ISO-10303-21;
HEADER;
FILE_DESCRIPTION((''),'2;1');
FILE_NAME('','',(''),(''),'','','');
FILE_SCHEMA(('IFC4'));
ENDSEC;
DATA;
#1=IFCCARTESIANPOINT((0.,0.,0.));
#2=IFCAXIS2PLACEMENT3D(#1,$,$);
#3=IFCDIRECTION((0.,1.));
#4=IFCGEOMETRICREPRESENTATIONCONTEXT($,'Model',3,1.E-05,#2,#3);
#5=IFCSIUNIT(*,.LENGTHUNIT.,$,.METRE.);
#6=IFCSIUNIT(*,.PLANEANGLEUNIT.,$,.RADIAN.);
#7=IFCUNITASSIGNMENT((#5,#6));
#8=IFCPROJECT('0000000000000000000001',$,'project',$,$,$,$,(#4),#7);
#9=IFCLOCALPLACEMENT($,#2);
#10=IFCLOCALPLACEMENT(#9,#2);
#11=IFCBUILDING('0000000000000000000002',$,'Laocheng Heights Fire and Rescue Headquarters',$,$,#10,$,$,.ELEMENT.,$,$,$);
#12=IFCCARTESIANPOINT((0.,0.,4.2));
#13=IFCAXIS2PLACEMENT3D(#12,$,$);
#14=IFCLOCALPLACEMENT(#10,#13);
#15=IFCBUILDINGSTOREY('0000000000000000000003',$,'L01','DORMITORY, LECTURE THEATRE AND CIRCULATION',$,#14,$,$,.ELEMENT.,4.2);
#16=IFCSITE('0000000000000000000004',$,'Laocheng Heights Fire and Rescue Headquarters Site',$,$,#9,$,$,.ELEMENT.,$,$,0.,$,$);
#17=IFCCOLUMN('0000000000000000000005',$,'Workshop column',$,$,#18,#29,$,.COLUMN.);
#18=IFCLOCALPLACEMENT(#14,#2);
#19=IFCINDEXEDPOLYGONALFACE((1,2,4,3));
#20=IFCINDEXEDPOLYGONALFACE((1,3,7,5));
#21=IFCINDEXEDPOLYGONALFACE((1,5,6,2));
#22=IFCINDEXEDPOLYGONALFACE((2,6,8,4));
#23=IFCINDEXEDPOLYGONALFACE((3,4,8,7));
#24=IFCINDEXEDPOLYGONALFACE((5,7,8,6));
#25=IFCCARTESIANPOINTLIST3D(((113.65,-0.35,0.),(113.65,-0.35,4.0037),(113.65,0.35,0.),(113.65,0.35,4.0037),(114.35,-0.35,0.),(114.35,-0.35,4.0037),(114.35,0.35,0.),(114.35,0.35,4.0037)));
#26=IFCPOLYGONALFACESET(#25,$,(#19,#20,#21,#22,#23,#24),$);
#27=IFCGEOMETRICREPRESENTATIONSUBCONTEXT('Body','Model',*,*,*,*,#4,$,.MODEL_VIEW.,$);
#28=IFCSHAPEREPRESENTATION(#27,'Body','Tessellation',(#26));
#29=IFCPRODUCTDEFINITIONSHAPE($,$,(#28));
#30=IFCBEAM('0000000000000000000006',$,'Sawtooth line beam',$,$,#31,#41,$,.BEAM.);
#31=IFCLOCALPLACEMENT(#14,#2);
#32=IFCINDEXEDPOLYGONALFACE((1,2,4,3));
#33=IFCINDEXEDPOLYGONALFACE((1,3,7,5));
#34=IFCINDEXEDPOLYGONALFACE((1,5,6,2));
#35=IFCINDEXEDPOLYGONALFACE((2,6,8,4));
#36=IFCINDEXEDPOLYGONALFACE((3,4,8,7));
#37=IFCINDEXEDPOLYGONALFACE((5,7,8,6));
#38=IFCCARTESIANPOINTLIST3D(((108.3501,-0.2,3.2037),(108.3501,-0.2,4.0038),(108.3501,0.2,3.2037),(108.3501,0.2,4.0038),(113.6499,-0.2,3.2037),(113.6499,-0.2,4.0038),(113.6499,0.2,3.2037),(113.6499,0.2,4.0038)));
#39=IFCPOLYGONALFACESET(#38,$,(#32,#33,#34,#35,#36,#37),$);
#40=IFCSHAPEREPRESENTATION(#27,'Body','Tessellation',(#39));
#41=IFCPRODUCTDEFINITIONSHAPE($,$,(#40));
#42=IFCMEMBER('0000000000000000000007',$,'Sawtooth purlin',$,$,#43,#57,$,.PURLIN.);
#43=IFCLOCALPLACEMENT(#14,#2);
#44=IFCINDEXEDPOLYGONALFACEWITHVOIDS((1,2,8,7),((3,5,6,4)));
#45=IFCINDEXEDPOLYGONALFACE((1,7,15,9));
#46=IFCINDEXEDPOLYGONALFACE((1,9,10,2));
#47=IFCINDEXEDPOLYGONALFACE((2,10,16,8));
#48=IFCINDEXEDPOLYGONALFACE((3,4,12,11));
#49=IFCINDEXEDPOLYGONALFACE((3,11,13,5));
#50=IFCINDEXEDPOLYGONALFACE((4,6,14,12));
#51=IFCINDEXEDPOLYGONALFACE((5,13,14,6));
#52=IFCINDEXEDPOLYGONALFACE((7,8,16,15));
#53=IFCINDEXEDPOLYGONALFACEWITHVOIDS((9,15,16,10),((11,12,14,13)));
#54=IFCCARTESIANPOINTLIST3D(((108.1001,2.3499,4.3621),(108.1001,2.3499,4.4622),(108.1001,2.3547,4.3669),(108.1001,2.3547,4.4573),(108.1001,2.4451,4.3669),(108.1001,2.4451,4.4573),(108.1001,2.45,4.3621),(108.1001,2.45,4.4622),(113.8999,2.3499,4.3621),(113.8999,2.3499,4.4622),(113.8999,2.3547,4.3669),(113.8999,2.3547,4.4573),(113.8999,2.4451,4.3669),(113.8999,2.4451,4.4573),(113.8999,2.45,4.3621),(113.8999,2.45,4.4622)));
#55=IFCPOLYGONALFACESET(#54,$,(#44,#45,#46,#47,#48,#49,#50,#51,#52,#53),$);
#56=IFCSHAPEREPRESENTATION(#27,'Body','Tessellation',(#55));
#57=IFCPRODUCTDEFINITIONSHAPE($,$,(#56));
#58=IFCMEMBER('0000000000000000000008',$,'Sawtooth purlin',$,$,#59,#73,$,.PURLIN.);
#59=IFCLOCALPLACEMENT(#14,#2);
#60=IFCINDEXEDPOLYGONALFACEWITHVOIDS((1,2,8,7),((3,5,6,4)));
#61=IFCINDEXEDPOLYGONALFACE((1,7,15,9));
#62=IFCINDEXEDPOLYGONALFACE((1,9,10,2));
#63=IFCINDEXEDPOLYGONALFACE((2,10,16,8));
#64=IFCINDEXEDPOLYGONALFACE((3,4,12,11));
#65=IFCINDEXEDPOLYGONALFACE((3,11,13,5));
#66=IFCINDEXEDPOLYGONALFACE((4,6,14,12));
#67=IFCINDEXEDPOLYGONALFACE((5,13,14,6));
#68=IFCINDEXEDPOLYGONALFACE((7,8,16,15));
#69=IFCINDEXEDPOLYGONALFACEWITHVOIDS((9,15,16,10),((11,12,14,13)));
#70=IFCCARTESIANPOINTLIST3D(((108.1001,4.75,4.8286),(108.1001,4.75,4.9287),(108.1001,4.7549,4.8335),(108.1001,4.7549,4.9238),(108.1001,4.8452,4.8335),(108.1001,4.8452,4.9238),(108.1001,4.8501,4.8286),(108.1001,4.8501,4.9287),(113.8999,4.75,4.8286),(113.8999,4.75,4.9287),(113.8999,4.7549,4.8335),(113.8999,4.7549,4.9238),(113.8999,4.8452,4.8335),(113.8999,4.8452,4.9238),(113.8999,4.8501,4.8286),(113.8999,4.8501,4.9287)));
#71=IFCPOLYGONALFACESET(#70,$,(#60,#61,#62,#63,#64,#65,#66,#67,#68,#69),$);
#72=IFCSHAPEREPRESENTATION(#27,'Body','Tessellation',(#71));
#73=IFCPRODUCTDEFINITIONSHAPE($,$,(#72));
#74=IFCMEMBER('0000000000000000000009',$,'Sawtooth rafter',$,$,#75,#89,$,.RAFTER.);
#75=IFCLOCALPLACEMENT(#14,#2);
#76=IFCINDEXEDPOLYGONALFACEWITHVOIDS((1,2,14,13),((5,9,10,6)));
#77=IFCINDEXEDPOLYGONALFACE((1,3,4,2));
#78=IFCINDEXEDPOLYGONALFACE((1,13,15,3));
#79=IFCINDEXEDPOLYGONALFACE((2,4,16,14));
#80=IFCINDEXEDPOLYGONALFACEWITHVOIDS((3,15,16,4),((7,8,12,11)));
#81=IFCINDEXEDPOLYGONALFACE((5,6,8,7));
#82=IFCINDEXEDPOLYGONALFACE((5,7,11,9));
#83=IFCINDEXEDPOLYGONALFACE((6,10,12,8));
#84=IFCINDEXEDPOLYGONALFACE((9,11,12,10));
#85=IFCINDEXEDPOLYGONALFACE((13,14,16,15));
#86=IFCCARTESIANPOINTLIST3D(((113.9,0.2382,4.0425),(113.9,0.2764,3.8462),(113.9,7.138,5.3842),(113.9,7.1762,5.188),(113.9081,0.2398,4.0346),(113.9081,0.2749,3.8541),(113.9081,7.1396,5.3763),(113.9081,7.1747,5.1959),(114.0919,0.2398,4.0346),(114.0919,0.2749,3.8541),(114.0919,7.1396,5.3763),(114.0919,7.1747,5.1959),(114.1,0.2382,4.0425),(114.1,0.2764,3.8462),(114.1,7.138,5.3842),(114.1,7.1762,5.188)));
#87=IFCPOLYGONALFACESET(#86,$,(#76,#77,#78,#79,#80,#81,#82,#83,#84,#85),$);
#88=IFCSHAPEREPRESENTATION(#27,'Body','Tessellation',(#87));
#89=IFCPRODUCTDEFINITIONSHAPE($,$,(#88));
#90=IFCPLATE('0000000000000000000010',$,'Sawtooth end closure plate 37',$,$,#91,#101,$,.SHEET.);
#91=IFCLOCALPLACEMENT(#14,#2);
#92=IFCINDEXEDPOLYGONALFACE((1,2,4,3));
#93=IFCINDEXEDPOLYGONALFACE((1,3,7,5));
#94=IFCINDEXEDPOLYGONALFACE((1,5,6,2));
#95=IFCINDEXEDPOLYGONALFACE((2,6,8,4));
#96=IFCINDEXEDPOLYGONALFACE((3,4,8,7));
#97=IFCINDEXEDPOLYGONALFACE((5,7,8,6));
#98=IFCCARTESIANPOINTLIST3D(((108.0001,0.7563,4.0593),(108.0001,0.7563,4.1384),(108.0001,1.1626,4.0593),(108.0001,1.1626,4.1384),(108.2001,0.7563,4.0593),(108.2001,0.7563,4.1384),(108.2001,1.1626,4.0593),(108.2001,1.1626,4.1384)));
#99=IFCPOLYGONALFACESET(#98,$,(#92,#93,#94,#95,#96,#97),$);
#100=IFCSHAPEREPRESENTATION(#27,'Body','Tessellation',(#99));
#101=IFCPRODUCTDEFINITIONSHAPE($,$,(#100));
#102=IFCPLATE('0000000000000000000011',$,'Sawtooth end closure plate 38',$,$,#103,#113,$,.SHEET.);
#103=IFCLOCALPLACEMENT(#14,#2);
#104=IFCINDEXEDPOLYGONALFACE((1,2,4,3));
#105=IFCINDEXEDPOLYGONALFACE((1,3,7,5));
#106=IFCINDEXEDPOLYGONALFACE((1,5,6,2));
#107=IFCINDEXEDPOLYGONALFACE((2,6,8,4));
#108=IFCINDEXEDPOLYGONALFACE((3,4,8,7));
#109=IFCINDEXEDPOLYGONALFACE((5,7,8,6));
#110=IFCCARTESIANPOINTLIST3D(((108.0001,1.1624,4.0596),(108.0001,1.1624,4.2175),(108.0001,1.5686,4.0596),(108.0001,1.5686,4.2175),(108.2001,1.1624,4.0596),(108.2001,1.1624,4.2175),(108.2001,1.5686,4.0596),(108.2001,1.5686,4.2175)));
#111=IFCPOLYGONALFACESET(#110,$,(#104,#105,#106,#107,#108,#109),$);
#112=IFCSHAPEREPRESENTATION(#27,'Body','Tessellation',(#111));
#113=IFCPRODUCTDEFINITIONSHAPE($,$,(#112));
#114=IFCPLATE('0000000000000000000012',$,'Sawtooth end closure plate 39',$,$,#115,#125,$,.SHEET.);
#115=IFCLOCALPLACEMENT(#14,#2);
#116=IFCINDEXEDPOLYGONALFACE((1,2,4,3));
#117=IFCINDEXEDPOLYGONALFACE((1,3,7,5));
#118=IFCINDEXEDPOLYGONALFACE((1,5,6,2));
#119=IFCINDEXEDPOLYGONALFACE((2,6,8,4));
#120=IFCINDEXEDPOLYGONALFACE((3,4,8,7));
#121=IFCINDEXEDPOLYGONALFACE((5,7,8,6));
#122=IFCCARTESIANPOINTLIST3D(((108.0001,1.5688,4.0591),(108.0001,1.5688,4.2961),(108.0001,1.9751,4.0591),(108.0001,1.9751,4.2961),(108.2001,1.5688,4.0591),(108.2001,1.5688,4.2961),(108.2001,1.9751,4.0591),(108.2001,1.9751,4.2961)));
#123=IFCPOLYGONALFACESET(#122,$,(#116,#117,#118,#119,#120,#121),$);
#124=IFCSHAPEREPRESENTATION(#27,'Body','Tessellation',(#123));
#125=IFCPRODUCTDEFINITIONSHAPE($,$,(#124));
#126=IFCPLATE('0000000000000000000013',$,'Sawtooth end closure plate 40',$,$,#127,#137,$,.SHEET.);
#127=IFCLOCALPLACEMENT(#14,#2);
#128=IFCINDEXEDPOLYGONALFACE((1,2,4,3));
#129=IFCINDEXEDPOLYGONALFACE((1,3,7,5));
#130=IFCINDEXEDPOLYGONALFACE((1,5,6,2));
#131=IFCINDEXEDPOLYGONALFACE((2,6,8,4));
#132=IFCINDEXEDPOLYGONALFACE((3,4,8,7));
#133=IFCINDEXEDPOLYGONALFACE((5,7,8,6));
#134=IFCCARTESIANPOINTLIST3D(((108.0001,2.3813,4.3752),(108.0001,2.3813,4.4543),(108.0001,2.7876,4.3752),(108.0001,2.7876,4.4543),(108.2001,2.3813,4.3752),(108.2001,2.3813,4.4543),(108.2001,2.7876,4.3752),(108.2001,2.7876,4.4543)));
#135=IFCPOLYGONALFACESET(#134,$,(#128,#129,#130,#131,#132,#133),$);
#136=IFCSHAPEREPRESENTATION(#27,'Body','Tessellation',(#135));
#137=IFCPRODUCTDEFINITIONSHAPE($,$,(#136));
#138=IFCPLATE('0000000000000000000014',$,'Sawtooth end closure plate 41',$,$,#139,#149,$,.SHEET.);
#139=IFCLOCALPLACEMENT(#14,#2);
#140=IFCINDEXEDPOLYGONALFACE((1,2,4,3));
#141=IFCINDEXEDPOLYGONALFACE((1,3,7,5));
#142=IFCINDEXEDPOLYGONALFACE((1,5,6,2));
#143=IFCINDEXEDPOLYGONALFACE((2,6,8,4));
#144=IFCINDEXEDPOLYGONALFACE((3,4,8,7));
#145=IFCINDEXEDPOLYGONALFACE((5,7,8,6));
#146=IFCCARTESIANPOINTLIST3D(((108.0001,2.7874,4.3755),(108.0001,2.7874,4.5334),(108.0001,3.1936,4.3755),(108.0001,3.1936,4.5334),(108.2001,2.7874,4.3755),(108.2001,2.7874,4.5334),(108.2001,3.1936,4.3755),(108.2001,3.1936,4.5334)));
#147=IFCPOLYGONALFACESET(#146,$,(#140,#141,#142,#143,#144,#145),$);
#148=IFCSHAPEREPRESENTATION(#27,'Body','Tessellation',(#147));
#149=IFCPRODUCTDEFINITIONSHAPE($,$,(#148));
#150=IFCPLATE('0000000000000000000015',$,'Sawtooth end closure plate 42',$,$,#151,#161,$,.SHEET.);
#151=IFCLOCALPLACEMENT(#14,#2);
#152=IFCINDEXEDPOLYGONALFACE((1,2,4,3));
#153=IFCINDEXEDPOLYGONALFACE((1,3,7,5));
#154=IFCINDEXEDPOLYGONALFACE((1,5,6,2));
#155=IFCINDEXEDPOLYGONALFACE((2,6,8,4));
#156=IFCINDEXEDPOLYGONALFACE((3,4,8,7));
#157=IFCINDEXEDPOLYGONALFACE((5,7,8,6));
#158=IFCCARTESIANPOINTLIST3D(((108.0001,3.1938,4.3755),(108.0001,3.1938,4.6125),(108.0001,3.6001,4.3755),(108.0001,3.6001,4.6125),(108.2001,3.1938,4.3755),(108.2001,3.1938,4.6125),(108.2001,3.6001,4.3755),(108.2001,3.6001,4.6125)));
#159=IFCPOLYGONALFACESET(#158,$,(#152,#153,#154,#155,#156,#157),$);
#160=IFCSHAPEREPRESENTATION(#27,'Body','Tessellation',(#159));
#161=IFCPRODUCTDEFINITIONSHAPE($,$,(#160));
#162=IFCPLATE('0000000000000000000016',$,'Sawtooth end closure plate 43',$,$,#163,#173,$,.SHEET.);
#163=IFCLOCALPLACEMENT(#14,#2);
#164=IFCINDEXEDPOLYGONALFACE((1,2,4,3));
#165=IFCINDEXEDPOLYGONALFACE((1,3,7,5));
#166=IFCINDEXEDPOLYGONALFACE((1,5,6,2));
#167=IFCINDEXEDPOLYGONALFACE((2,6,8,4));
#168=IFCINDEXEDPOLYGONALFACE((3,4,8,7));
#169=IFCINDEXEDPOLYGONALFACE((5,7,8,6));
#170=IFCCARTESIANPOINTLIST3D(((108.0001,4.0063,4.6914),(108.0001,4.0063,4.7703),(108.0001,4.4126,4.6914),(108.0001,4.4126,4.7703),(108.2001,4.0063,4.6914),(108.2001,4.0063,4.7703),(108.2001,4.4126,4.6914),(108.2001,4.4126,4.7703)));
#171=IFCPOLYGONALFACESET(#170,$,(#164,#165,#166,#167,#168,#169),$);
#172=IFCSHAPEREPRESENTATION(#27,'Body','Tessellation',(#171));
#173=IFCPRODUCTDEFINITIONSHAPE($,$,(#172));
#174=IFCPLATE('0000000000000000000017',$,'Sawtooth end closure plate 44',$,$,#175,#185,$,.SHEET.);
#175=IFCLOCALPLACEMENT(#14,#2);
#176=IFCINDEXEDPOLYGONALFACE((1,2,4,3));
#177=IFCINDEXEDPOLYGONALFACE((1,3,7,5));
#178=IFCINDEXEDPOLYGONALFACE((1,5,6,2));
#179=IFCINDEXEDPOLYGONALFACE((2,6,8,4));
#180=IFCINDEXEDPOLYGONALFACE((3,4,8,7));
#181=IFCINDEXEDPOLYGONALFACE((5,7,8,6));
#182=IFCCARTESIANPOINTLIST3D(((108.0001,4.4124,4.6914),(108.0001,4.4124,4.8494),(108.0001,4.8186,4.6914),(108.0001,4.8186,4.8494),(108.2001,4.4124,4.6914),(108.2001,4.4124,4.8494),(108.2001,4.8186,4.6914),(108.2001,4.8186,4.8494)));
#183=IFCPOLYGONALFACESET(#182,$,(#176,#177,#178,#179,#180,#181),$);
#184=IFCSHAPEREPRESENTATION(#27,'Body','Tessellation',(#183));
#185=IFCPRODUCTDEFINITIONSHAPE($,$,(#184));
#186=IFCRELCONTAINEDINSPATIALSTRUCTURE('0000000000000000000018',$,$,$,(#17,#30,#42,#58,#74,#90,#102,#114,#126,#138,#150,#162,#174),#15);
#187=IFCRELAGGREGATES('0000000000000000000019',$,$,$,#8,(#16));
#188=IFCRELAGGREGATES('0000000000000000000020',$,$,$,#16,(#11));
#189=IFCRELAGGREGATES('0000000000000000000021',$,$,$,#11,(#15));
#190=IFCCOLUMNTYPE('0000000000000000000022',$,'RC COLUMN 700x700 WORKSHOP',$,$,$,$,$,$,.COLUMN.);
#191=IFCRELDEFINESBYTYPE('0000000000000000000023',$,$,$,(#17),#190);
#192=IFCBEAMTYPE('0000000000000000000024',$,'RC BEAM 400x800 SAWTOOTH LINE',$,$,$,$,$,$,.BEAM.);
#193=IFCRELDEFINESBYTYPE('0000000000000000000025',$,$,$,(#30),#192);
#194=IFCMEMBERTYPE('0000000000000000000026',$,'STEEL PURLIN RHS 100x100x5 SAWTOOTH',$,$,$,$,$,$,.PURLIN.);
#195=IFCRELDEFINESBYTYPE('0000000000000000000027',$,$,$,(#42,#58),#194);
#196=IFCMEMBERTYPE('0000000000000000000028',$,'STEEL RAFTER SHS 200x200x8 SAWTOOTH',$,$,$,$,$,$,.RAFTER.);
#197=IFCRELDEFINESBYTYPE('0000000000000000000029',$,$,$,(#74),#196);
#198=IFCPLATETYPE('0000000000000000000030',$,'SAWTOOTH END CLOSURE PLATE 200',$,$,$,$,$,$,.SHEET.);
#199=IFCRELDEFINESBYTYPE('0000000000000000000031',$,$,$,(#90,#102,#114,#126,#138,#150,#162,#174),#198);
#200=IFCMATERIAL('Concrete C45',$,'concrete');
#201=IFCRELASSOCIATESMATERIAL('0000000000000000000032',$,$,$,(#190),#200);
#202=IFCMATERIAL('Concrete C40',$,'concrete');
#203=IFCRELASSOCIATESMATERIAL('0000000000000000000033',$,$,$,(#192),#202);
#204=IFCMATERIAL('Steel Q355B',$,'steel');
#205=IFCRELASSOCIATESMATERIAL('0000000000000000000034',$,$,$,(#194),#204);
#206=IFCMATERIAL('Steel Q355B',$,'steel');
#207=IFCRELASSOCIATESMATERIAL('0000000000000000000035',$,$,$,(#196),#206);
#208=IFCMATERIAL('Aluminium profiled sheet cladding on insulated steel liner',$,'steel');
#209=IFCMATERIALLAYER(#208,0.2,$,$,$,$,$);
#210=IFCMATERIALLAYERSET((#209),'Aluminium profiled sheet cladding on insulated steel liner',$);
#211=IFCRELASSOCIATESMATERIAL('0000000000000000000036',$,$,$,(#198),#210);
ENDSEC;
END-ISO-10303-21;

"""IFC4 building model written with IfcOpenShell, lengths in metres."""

from ifc_helpers import new_model, si_unit, direction, frame, origin, origin_2d, place, context, subcontext, project, spatial, rectangle, hollow_rectangle, extrude, material, layer, layer_set, material_profile, profile_set, type_object, element, save


model = new_model("IFC4")

# Units and contexts
model_context = context("Model", 3, precision=1e-05, world=origin(), true_north=direction((0.0, 1.0)))
body_context = subcontext(model_context, "Body", "Model", "MODEL_VIEW")
ifc_project = project(units=[si_unit("LENGTHUNIT", "METRE"), si_unit("PLANEANGLEUNIT", "RADIAN")], contexts=[model_context])

# Site, building, storey
site_placement = place(None, origin())
site = spatial("IfcSite", under=ifc_project, at=site_placement, Name="Laocheng Heights Fire and Rescue Headquarters Site", CompositionType="ELEMENT", RefElevation=0.0)
building_placement = place(site_placement, origin())
building = spatial("IfcBuilding", under=site, at=building_placement, Name="Laocheng Heights Fire and Rescue Headquarters", CompositionType="ELEMENT")
storey_placement = place(building_placement, frame((0.0, 0.0, 4.2)))
storey = spatial("IfcBuildingStorey", under=building, at=storey_placement, Name="L01", Description="DORMITORY, LECTURE THEATRE AND CIRCULATION", CompositionType="ELEMENT", Elevation=4.2)

# Column
ifc_material_1 = material(Name="Concrete C45", Category="concrete")
ifc_material_profile_1 = material_profile(ifc_material_1, rectangle(XDim=0.7, YDim=0.7, at=origin_2d()), Name="RC COLUMN 700x700 WORKSHOP")
ifc_profile_set_1 = profile_set([ifc_material_profile_1], Name="Concrete C45")
column_type = type_object("IfcColumnType", Name="RC COLUMN 700x700 WORKSHOP", PredefinedType="COLUMN", material=ifc_profile_set_1)
column_placement = place(storey_placement, frame((114.0, 0.0, 0.0), z_axis=(0.0, 0.0, 1.0), x_axis=(1.0, 0.0, 0.0)))
element("IfcColumn", 1, at=column_placement, inside=storey, type_object=column_type, Name="Workshop column", PredefinedType="COLUMN", context=body_context, shape_type="SweptSolid", body=[
    extrude(rectangle(XDim=0.7, YDim=0.7, at=origin_2d()), origin(), (0.0, 0.0, 1.0), 4.0037),
])

# Beam
ifc_material_2 = material(Name="Concrete C40", Category="concrete")
ifc_material_profile_2 = material_profile(ifc_material_2, rectangle(XDim=0.3999, YDim=0.8, at=origin_2d()), Name="RC BEAM 400x800 SAWTOOTH LINE")
ifc_profile_set_2 = profile_set([ifc_material_profile_2], Name="Concrete C40")
beam_type = type_object("IfcBeamType", Name="RC BEAM 400x800 SAWTOOTH LINE", PredefinedType="BEAM", material=ifc_profile_set_2)
beam_placement = place(storey_placement, frame((108.3501, 0.0, 3.6038), z_axis=(1.0, 0.0, 0.0), x_axis=(0.0, 1.0, 0.0)))
element("IfcBeam", 2, at=beam_placement, inside=storey, type_object=beam_type, Name="Sawtooth line beam", PredefinedType="BEAM", context=body_context, shape_type="SweptSolid", body=[
    extrude(rectangle(XDim=0.3999, YDim=0.8, at=origin_2d()), origin(), (0.0, 0.0, 1.0), 5.2998),
])

# Members
ifc_material_3 = material(Name="Steel Q355B", Category="steel")
ifc_material_profile_3 = material_profile(ifc_material_3, hollow_rectangle(XDim=0.1001, YDim=0.1001, WallThickness=0.0049, at=origin_2d()), Name="RHS 100x100x5")
ifc_profile_set_3 = profile_set([ifc_material_profile_3], Name="Steel Q355B")
member_type_1 = type_object("IfcMemberType", Name="STEEL PURLIN RHS 100x100x5 SAWTOOTH", PredefinedType="PURLIN", material=ifc_profile_set_3)
for number, where, z_axis, x_axis, name in (
    (3, (108.1001, 2.3999, 4.4121), (1.0, 0.0, 0.0), (0.0, 1.0, 0.0), "Sawtooth purlin"),
    (4, (108.1001, 4.8, 4.8787), (1.0, 0.0, 0.0), (0.0, 1.0, 0.0), "Sawtooth purlin"),
):
    element("IfcMember", number, at=place(storey_placement, frame(where, z_axis=z_axis, x_axis=x_axis)), inside=storey, type_object=member_type_1, Name=name, PredefinedType="PURLIN", context=body_context, shape_type="SweptSolid", body=[
        extrude(hollow_rectangle(XDim=0.1001, YDim=0.1001, WallThickness=0.0049, at=origin_2d()), origin(), (0.0, 0.0, 1.0), 5.7998),
    ])
ifc_material_4 = material(Name="Steel Q355B", Category="steel")
ifc_material_profile_4 = material_profile(ifc_material_4, hollow_rectangle(XDim=0.2, YDim=0.2, WallThickness=0.0081, at=origin_2d()), Name="SHS 200x200x8")
ifc_profile_set_4 = profile_set([ifc_material_profile_4], Name="Steel Q355B")
member_type_2 = type_object("IfcMemberType", Name="STEEL RAFTER SHS 200x200x8 SAWTOOTH", PredefinedType="RAFTER", material=ifc_profile_set_4)
member_placement = place(storey_placement, frame((114.0, 0.2573, 3.9443), z_axis=(0.0, 0.981611, 0.19089), x_axis=(-1.0, 0.0, 0.0)))
element("IfcMember", 5, at=member_placement, inside=storey, type_object=member_type_2, Name="Sawtooth rafter", PredefinedType="RAFTER", context=body_context, shape_type="SweptSolid", body=[
    extrude(hollow_rectangle(XDim=0.2, YDim=0.2, WallThickness=0.0081, at=origin_2d()), origin(), (0.0, 0.0, 1.0), 7.0291),
])

# Plates
ifc_material_5 = material(Name="Aluminium profiled sheet cladding on insulated steel liner", Category="steel")
ifc_layer_1 = layer(ifc_material_5, 0.2)
ifc_layer_set_1 = layer_set([ifc_layer_1], Name="Aluminium profiled sheet cladding on insulated steel liner")
plate_type = type_object("IfcPlateType", Name="SAWTOOTH END CLOSURE PLATE 200", PredefinedType="SHEET", material=ifc_layer_set_1)
plate_1_placement = place(storey_placement, frame((108.1001, 0.9595, 4.0593), z_axis=(0.0, 0.0, 1.0), x_axis=(1.0, 0.0, 0.0)))
element("IfcPlate", 6, at=plate_1_placement, inside=storey, type_object=plate_type, Name="Sawtooth end closure plate 37", PredefinedType="SHEET", context=body_context, shape_type="SweptSolid", body=[
    extrude(rectangle(XDim=0.2, YDim=0.4062, at=origin_2d()), origin(), (0.0, 0.0, 1.0), 0.0791),
])
plate_2_placement = place(storey_placement, frame((108.1001, 1.3655, 4.0596), z_axis=(0.0, 0.0, 1.0), x_axis=(1.0, 0.0, 0.0)))
element("IfcPlate", 7, at=plate_2_placement, inside=storey, type_object=plate_type, Name="Sawtooth end closure plate 38", PredefinedType="SHEET", context=body_context, shape_type="SweptSolid", body=[
    extrude(rectangle(XDim=0.2, YDim=0.4062, at=origin_2d()), origin(), (0.0, 0.0, 1.0), 0.158),
])
plate_3_placement = place(storey_placement, frame((108.1001, 1.772, 4.0591), z_axis=(0.0, 0.0, 1.0), x_axis=(1.0, 0.0, 0.0)))
element("IfcPlate", 8, at=plate_3_placement, inside=storey, type_object=plate_type, Name="Sawtooth end closure plate 39", PredefinedType="SHEET", context=body_context, shape_type="SweptSolid", body=[
    extrude(rectangle(XDim=0.2, YDim=0.4062, at=origin_2d()), origin(), (0.0, 0.0, 1.0), 0.2371),
])
plate_4_placement = place(storey_placement, frame((108.1001, 2.5845, 4.3752), z_axis=(0.0, 0.0, 1.0), x_axis=(1.0, 0.0, 0.0)))
element("IfcPlate", 9, at=plate_4_placement, inside=storey, type_object=plate_type, Name="Sawtooth end closure plate 40", PredefinedType="SHEET", context=body_context, shape_type="SweptSolid", body=[
    extrude(rectangle(XDim=0.2, YDim=0.4062, at=origin_2d()), origin(), (0.0, 0.0, 1.0), 0.0791),
])
plate_5_placement = place(storey_placement, frame((108.1001, 2.9905, 4.3755), z_axis=(0.0, 0.0, 1.0), x_axis=(1.0, 0.0, 0.0)))
element("IfcPlate", 10, at=plate_5_placement, inside=storey, type_object=plate_type, Name="Sawtooth end closure plate 41", PredefinedType="SHEET", context=body_context, shape_type="SweptSolid", body=[
    extrude(rectangle(XDim=0.2, YDim=0.4062, at=origin_2d()), origin(), (0.0, 0.0, 1.0), 0.158),
])
plate_6_placement = place(storey_placement, frame((108.1001, 3.397, 4.3755), z_axis=(0.0, 0.0, 1.0), x_axis=(1.0, 0.0, 0.0)))
element("IfcPlate", 11, at=plate_6_placement, inside=storey, type_object=plate_type, Name="Sawtooth end closure plate 42", PredefinedType="SHEET", context=body_context, shape_type="SweptSolid", body=[
    extrude(rectangle(XDim=0.2, YDim=0.4062, at=origin_2d()), origin(), (0.0, 0.0, 1.0), 0.2371),
])
plate_7_placement = place(storey_placement, frame((108.1001, 4.2095, 4.6914), z_axis=(0.0, 0.0, 1.0), x_axis=(1.0, 0.0, 0.0)))
element("IfcPlate", 12, at=plate_7_placement, inside=storey, type_object=plate_type, Name="Sawtooth end closure plate 43", PredefinedType="SHEET", context=body_context, shape_type="SweptSolid", body=[
    extrude(rectangle(XDim=0.2, YDim=0.4062, at=origin_2d()), origin(), (0.0, 0.0, 1.0), 0.0789),
])
plate_8_placement = place(storey_placement, frame((108.1001, 4.6155, 4.6914), z_axis=(0.0, 0.0, 1.0), x_axis=(1.0, 0.0, 0.0)))
element("IfcPlate", 13, at=plate_8_placement, inside=storey, type_object=plate_type, Name="Sawtooth end closure plate 44", PredefinedType="SHEET", context=body_context, shape_type="SweptSolid", body=[
    extrude(rectangle(XDim=0.2, YDim=0.4062, at=origin_2d()), origin(), (0.0, 0.0, 1.0), 0.158),
])

save(model, "model.ifc")
